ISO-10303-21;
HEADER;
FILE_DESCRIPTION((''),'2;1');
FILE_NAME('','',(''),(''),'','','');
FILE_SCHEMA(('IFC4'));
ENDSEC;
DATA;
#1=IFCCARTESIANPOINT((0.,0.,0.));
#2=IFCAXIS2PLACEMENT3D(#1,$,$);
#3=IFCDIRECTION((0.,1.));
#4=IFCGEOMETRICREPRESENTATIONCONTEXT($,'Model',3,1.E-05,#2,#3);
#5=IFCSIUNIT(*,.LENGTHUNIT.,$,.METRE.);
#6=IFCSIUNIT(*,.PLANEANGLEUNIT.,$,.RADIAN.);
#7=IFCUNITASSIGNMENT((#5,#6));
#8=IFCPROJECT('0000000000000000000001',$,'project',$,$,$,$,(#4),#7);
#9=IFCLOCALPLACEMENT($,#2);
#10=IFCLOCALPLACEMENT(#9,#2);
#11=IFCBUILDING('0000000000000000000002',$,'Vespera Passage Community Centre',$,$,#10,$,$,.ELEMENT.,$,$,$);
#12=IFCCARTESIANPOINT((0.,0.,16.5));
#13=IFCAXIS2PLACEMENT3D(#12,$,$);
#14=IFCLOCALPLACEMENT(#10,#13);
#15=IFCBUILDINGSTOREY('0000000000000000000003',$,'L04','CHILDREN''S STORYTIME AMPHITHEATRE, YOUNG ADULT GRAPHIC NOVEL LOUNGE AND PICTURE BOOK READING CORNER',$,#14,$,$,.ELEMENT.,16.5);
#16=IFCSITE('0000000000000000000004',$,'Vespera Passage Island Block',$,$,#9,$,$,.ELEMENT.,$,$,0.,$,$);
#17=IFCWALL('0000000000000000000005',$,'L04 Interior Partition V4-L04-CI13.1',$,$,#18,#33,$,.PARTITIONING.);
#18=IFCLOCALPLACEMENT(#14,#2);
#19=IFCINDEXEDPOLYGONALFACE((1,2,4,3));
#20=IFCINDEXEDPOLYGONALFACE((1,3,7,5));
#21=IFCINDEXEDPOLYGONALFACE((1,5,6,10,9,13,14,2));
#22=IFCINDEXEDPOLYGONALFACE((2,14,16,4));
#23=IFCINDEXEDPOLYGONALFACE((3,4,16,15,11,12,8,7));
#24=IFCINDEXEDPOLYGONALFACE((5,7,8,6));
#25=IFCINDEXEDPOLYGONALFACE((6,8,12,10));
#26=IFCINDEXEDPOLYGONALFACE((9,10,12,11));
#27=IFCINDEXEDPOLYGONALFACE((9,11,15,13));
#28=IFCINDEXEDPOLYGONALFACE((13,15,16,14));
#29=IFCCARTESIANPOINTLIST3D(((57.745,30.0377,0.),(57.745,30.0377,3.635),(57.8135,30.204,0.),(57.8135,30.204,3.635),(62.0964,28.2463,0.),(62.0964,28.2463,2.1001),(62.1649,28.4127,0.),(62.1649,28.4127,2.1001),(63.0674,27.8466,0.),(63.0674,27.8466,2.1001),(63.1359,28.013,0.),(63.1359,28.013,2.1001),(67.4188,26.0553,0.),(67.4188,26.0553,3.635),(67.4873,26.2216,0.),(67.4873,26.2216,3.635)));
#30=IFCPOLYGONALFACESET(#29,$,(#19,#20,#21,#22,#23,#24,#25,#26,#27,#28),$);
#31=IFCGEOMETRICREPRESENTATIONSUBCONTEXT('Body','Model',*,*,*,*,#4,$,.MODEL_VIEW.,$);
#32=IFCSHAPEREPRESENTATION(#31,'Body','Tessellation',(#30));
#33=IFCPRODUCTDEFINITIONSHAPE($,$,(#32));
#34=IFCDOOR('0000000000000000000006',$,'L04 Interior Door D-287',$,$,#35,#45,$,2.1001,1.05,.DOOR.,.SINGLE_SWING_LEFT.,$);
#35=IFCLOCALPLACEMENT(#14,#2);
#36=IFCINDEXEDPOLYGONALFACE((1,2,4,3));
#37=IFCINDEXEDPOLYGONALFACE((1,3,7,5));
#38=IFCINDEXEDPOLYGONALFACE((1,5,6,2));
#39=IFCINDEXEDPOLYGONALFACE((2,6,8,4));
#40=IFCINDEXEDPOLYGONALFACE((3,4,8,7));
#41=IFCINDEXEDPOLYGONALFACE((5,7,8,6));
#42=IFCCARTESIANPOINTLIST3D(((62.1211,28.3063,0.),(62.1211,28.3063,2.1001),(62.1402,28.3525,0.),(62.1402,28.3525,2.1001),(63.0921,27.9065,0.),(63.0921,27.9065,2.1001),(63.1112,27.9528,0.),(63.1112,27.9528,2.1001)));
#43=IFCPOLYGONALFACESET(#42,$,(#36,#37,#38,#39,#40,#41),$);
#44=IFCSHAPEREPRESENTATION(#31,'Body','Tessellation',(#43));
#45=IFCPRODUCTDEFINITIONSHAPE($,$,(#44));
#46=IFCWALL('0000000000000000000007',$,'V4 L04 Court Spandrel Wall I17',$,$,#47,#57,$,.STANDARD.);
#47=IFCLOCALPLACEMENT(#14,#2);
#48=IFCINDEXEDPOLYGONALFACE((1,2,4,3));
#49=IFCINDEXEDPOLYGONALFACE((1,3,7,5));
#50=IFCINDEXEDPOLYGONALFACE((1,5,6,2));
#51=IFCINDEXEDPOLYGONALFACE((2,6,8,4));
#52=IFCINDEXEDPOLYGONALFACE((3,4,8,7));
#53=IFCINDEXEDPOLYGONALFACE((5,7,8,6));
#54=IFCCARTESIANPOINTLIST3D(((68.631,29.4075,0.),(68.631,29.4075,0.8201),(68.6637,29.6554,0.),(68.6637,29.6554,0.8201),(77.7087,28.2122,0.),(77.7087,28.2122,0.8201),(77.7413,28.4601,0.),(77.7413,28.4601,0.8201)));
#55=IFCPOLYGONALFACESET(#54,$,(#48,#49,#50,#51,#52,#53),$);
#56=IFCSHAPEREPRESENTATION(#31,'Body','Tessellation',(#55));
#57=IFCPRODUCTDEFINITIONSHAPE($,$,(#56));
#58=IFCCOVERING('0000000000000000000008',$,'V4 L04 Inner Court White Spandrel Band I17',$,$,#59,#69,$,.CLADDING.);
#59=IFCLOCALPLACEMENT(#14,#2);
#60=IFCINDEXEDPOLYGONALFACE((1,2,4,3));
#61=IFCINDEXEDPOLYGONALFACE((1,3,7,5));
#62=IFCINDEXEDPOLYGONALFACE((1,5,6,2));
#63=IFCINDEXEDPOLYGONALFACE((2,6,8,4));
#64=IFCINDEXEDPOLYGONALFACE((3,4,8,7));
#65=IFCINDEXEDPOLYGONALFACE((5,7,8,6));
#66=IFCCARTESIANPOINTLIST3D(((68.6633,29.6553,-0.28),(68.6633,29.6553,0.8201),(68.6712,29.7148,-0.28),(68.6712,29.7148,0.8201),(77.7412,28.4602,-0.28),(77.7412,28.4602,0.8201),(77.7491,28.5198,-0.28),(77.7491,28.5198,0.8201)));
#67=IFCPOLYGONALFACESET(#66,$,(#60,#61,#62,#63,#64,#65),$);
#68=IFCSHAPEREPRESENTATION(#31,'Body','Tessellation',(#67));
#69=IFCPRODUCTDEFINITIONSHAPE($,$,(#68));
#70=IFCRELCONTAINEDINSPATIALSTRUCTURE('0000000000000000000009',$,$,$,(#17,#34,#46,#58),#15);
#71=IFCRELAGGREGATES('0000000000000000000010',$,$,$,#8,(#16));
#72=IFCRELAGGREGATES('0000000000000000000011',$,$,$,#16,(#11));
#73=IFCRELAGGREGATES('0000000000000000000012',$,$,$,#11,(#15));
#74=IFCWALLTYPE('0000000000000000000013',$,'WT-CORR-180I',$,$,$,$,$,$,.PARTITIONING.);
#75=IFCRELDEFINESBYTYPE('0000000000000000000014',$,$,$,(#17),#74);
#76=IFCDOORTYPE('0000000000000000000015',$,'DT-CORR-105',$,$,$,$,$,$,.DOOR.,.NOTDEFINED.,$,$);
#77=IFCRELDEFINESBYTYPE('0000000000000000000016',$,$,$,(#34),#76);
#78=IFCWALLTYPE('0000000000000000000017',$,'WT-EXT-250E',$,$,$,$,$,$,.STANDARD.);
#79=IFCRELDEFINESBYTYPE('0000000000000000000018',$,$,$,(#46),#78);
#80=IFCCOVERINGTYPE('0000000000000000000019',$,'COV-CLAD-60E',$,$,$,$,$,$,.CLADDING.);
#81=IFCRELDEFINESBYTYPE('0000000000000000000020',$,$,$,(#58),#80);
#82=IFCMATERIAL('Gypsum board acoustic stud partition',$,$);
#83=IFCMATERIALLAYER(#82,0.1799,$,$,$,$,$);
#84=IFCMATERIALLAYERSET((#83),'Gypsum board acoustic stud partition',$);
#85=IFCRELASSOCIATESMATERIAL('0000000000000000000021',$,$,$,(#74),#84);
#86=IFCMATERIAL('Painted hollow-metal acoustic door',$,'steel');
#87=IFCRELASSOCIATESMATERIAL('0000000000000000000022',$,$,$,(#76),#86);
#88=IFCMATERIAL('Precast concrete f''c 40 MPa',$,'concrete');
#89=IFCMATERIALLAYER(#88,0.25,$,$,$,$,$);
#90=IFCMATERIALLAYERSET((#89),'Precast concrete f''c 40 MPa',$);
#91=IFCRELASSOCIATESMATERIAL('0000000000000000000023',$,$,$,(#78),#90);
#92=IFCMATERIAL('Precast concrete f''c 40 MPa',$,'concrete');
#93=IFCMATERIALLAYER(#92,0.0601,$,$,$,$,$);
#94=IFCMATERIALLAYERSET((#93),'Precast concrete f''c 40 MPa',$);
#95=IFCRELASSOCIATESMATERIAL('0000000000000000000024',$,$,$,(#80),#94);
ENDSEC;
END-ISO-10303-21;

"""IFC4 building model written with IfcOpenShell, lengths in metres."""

from ifc_helpers import new_model, si_unit, direction, frame, frame_2d, origin, place, context, subcontext, project, spatial, rectangle, extrude, material, layer, layer_set, type_object, element, fill, save


model = new_model("IFC4")

# Units and contexts
model_context = context("Model", 3, precision=1e-05, world=origin(), true_north=direction((0.0, 1.0)))
body_context = subcontext(model_context, "Body", "Model", "MODEL_VIEW")
ifc_project = project(units=[si_unit("LENGTHUNIT", "METRE"), si_unit("PLANEANGLEUNIT", "RADIAN")], contexts=[model_context])

# Site, building, storey
site_placement = place(None, origin())
site = spatial("IfcSite", under=ifc_project, at=site_placement, Name="Vespera Passage Island Block", CompositionType="ELEMENT", RefElevation=0.0)
building_placement = place(site_placement, origin())
building = spatial("IfcBuilding", under=site, at=building_placement, Name="Vespera Passage Community Centre", CompositionType="ELEMENT")
storey_placement = place(building_placement, frame((0.0, 0.0, 16.5)))
storey = spatial("IfcBuildingStorey", under=building, at=storey_placement, Name="L04", Description="CHILDREN'S STORYTIME AMPHITHEATRE, YOUNG ADULT GRAPHIC NOVEL LOUNGE AND PICTURE BOOK READING CORNER", CompositionType="ELEMENT", Elevation=16.5)

# Wall, opening, door
ifc_material_1 = material(Name="Gypsum board acoustic stud partition")
ifc_layer_1 = layer(ifc_material_1, 0.1799)
ifc_layer_set_1 = layer_set([ifc_layer_1], Name="Gypsum board acoustic stud partition")
wall_type_1 = type_object("IfcWallType", Name="WT-CORR-180I", PredefinedType="PARTITIONING", material=ifc_layer_set_1)
wall_1_placement = place(storey_placement, frame((57.7793, 30.1208, 0.0), z_axis=(0.0, 0.0, 1.0), x_axis=(0.924709, -0.380675, 0.0)))
wall_1 = element("IfcWall", 1, at=wall_1_placement, inside=storey, type_object=wall_type_1, Name="L04 Interior Partition V4-L04-CI13.1", PredefinedType="PARTITIONING", context=body_context, shape_type="SweptSolid", body=[
    extrude(rectangle(XDim=10.4614, YDim=0.1799, at=frame_2d((5.2307, 0.0))), origin(), (0.0, 0.0, 1.0), 3.635),
])
opening_1_placement = place(wall_1_placement, frame((4.7058, 0.0, 0.0)))
opening_1 = element("IfcOpeningElement", 2, at=opening_1_placement, cuts=wall_1, PredefinedType="OPENING", context=body_context, shape_type="SweptSolid", body=[
    extrude(rectangle(XDim=1.05, YDim=2.1001, at=frame_2d((0.5249, 1.05))), frame((0.0, 0.0999, 0.0), z_axis=(0.0, -1.0, 0.0), x_axis=(1.0, 0.0, 0.0)), (0.0, 0.0, 1.0), 0.2),
])
ifc_material_2 = material(Name="Painted hollow-metal acoustic door", Category="steel")
door_type_1 = type_object("IfcDoorType", Name="DT-CORR-105", OperationType="NOTDEFINED", PredefinedType="DOOR", material=ifc_material_2)
door_1_placement = place(opening_1_placement, origin())
door_1 = element("IfcDoor", 3, at=door_1_placement, inside=storey, type_object=door_type_1, Name="L04 Interior Door D-287", OperationType="SINGLE_SWING_LEFT", OverallHeight=2.1001, OverallWidth=1.05, PredefinedType="DOOR", context=body_context, shape_type="SweptSolid", body=[
    extrude(rectangle(XDim=1.05, YDim=2.1001, at=frame_2d((0.5249, 1.05))), frame((0.0, 0.0249, 0.0), z_axis=(0.0, -1.0, 0.0), x_axis=(1.0, 0.0, 0.0)), (0.0, 0.0, 1.0), 0.05),
])
fill(opening_1, door_1)

# Wall
ifc_material_3 = material(Name="Precast concrete f'c 40 MPa", Category="concrete")
ifc_layer_2 = layer(ifc_material_3, 0.25)
ifc_layer_set_2 = layer_set([ifc_layer_2], Name="Precast concrete f'c 40 MPa")
wall_type_2 = type_object("IfcWallType", Name="WT-EXT-250E", PredefinedType="STANDARD", material=ifc_layer_set_2)
wall_2_placement = place(storey_placement, frame((68.6472, 29.5315, 0.0), z_axis=(0.0, 0.0, 1.0), x_axis=(0.991442, -0.13055, 0.0)))
element("IfcWall", 4, at=wall_2_placement, inside=storey, type_object=wall_type_2, Name="V4 L04 Court Spandrel Wall I17", PredefinedType="STANDARD", context=body_context, shape_type="SweptSolid", body=[
    extrude(rectangle(XDim=9.156, YDim=0.25, at=frame_2d((4.5781, 0.0))), origin(), (0.0, 0.0, 1.0), 0.8201),
])

# Covering
ifc_material_4 = material(Name="Precast concrete f'c 40 MPa", Category="concrete")
ifc_layer_3 = layer(ifc_material_4, 0.0601)
ifc_layer_set_3 = layer_set([ifc_layer_3], Name="Precast concrete f'c 40 MPa")
covering_type = type_object("IfcCoveringType", Name="COV-CLAD-60E", PredefinedType="CLADDING", material=ifc_layer_set_3)
covering_placement = place(storey_placement, frame((68.6672, 29.6851, -0.28), z_axis=(0.0, 0.0, 1.0), x_axis=(0.991446, -0.13052, 0.0)))
element("IfcCovering", 5, at=covering_placement, inside=storey, type_object=covering_type, Name="V4 L04 Inner Court White Spandrel Band I17", PredefinedType="CLADDING", context=body_context, shape_type="SweptSolid", body=[
    extrude(rectangle(XDim=9.1562, YDim=0.0601, at=frame_2d((4.5781, 0.0))), origin(), (0.0, 0.0, 1.0), 1.1001),
])

save(model, "model.ifc")
